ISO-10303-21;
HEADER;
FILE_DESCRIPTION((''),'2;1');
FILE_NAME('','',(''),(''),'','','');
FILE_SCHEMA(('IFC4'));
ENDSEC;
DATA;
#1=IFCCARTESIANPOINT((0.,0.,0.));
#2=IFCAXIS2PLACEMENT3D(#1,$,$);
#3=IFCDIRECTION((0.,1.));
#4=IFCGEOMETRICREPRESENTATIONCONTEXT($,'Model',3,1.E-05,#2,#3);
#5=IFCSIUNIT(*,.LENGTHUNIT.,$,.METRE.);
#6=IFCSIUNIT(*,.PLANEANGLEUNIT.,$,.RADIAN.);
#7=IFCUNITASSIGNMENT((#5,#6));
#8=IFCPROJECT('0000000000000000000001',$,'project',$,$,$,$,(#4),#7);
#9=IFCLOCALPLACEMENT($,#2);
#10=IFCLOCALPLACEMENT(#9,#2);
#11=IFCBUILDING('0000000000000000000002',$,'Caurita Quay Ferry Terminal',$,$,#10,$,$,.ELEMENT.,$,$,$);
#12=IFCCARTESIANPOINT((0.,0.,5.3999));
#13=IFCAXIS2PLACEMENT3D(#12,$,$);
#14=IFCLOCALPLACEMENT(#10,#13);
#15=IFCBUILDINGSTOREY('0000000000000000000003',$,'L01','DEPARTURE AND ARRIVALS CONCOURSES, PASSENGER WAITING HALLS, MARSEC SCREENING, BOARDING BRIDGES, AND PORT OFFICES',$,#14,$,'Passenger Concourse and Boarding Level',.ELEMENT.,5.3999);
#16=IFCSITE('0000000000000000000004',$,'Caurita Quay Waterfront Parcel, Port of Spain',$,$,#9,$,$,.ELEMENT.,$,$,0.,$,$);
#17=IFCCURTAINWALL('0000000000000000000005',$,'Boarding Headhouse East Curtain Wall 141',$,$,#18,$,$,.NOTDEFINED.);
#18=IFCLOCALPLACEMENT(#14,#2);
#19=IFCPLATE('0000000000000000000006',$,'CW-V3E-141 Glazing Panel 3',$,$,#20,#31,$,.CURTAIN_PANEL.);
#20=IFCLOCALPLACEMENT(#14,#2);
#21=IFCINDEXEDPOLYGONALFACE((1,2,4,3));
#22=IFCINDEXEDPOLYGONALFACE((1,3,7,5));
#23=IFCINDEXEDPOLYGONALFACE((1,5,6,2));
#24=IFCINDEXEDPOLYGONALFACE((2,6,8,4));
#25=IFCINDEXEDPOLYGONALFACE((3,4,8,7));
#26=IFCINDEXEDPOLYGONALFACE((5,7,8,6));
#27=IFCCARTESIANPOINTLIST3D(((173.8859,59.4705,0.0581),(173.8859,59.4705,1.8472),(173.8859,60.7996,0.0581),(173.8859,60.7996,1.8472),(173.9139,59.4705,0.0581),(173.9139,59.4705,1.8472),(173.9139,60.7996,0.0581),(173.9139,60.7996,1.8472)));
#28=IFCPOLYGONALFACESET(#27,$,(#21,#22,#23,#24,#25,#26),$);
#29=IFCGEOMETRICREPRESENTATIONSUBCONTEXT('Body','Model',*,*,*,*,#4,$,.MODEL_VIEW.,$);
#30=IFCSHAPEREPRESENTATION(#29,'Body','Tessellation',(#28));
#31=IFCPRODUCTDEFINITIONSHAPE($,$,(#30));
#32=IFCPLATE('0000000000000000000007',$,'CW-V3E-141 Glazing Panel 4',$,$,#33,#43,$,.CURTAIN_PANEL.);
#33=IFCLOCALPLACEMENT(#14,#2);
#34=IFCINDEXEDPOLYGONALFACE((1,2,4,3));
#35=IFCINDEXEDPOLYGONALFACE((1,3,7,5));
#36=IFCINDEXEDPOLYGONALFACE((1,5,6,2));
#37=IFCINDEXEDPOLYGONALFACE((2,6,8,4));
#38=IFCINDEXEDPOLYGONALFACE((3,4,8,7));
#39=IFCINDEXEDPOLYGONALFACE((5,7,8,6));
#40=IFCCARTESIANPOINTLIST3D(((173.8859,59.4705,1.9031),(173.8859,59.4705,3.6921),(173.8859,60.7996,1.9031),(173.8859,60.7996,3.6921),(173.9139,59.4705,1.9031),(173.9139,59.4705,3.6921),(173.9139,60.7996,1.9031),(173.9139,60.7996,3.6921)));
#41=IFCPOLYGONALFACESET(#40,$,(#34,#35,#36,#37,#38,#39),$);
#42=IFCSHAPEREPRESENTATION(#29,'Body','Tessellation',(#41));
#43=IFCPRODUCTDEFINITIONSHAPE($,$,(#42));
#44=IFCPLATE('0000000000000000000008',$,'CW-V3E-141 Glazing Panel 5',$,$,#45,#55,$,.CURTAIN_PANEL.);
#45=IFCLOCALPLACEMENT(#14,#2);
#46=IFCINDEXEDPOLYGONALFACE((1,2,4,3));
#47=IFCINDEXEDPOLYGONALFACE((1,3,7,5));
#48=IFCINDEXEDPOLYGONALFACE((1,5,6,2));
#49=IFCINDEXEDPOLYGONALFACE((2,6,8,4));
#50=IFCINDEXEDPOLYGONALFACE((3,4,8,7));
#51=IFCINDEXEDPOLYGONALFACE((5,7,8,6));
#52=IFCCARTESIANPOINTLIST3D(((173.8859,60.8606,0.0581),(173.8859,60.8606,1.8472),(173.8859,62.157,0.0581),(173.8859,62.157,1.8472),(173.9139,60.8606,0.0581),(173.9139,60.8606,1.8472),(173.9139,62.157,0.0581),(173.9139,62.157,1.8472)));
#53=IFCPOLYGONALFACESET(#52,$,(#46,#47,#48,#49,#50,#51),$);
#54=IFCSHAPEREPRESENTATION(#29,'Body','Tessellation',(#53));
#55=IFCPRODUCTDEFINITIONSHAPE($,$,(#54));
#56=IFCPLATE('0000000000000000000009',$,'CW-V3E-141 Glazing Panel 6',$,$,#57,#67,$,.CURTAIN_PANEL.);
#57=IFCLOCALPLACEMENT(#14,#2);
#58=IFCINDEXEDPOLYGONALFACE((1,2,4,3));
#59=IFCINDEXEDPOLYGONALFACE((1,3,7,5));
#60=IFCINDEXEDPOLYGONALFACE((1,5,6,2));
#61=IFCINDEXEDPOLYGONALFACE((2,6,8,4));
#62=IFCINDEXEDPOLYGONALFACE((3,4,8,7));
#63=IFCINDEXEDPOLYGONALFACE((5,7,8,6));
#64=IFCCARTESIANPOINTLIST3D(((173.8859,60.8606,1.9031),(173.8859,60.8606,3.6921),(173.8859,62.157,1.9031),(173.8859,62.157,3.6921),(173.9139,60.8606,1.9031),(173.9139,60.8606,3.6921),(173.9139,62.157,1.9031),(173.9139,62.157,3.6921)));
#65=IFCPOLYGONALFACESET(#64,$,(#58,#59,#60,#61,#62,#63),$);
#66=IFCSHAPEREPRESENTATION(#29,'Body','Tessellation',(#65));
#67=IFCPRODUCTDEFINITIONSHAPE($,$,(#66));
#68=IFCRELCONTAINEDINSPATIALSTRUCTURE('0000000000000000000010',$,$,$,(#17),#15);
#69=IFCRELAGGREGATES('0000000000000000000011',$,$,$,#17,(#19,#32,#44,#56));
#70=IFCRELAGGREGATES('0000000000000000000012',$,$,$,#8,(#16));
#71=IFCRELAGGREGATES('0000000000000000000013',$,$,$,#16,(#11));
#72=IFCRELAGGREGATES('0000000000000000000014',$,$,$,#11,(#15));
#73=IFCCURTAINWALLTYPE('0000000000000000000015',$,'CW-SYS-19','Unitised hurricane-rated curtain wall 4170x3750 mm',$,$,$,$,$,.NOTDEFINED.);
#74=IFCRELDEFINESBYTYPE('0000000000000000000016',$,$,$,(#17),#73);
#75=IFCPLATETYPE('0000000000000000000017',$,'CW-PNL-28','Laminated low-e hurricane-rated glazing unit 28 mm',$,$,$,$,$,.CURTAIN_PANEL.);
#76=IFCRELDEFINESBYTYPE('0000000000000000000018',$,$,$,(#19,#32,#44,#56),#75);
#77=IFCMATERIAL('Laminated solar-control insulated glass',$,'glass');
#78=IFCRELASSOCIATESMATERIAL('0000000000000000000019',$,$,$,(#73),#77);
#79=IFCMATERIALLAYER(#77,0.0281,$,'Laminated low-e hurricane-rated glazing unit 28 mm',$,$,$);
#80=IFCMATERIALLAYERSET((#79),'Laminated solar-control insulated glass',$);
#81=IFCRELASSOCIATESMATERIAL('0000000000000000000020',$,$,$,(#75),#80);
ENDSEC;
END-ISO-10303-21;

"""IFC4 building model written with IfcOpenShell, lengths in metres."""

from ifc_helpers import new_model, si_unit, direction, frame, origin, origin_2d, place, context, subcontext, project, spatial, rectangle, extrude, material, layer, layer_set, type_object, element, aggregate, save


model = new_model("IFC4")

# Units and contexts
model_context = context("Model", 3, precision=1e-05, world=origin(), true_north=direction((0.0, 1.0)))
body_context = subcontext(model_context, "Body", "Model", "MODEL_VIEW")
ifc_project = project(units=[si_unit("LENGTHUNIT", "METRE"), si_unit("PLANEANGLEUNIT", "RADIAN")], contexts=[model_context])

# Site, building, storey
site_placement = place(None, origin())
site = spatial("IfcSite", under=ifc_project, at=site_placement, Name="Caurita Quay Waterfront Parcel, Port of Spain", CompositionType="ELEMENT", RefElevation=0.0)
building_placement = place(site_placement, origin())
building = spatial("IfcBuilding", under=site, at=building_placement, Name="Caurita Quay Ferry Terminal", CompositionType="ELEMENT")
storey_placement = place(building_placement, frame((0.0, 0.0, 5.3999)))
storey = spatial("IfcBuildingStorey", under=building, at=storey_placement, Name="L01", Description="DEPARTURE AND ARRIVALS CONCOURSES, PASSENGER WAITING HALLS, MARSEC SCREENING, BOARDING BRIDGES, AND PORT OFFICES", LongName="Passenger Concourse and Boarding Level", CompositionType="ELEMENT", Elevation=5.3999)

# Curtain wall
ifc_material_1 = material(Name="Laminated solar-control insulated glass", Category="glass")
curtain_wall_type = type_object("IfcCurtainWallType", Name="CW-SYS-19", Description="Unitised hurricane-rated curtain wall 4170x3750 mm", PredefinedType="NOTDEFINED", material=ifc_material_1)
curtain_wall_1_placement = place(storey_placement, origin())
curtain_wall_1 = element("IfcCurtainWall", 1, at=curtain_wall_1_placement, inside=storey, type_object=curtain_wall_type, Name="Boarding Headhouse East Curtain Wall 141", PredefinedType="NOTDEFINED")

# Plates
ifc_layer = layer(ifc_material_1, 0.0281, Name="Laminated low-e hurricane-rated glazing unit 28 mm")
ifc_layer_set = layer_set([ifc_layer], Name="Laminated solar-control insulated glass")
plate_type = type_object("IfcPlateType", Name="CW-PNL-28", Description="Laminated low-e hurricane-rated glazing unit 28 mm", PredefinedType="CURTAIN_PANEL", material=ifc_layer_set)
plate_1_placement = place(storey_placement, frame((173.8999, 60.135, 0.0581), z_axis=(0.0, 0.0, 1.0), x_axis=(0.0, 1.0, 0.0)))
plate_1 = element("IfcPlate", 2, at=plate_1_placement, type_object=plate_type, Name="CW-V3E-141 Glazing Panel 3", PredefinedType="CURTAIN_PANEL", context=body_context, shape_type="SweptSolid", body=[
    extrude(rectangle(XDim=1.3291, YDim=0.0281, at=origin_2d()), origin(), (0.0, 0.0, 1.0), 1.7891),
])
plate_2_placement = place(storey_placement, frame((173.8999, 60.135, 1.9031), z_axis=(0.0, 0.0, 1.0), x_axis=(0.0, 1.0, 0.0)))
plate_2 = element("IfcPlate", 3, at=plate_2_placement, type_object=plate_type, Name="CW-V3E-141 Glazing Panel 4", PredefinedType="CURTAIN_PANEL", context=body_context, shape_type="SweptSolid", body=[
    extrude(rectangle(XDim=1.3291, YDim=0.0281, at=origin_2d()), origin(), (0.0, 0.0, 1.0), 1.7891),
])
plate_3_placement = place(storey_placement, frame((173.8999, 61.5088, 0.0581), z_axis=(0.0, 0.0, 1.0), x_axis=(0.0, 1.0, 0.0)))
plate_3 = element("IfcPlate", 4, at=plate_3_placement, type_object=plate_type, Name="CW-V3E-141 Glazing Panel 5", PredefinedType="CURTAIN_PANEL", context=body_context, shape_type="SweptSolid", body=[
    extrude(rectangle(XDim=1.2964, YDim=0.0281, at=origin_2d()), origin(), (0.0, 0.0, 1.0), 1.7891),
])
plate_4_placement = place(storey_placement, frame((173.8999, 61.5088, 1.9031), z_axis=(0.0, 0.0, 1.0), x_axis=(0.0, 1.0, 0.0)))
plate_4 = element("IfcPlate", 5, at=plate_4_placement, type_object=plate_type, Name="CW-V3E-141 Glazing Panel 6", PredefinedType="CURTAIN_PANEL", context=body_context, shape_type="SweptSolid", body=[
    extrude(rectangle(XDim=1.2964, YDim=0.0281, at=origin_2d()), origin(), (0.0, 0.0, 1.0), 1.7891),
])
aggregate(curtain_wall_1, [plate_1, plate_2, plate_3, plate_4])

save(model, "model.ifc")
